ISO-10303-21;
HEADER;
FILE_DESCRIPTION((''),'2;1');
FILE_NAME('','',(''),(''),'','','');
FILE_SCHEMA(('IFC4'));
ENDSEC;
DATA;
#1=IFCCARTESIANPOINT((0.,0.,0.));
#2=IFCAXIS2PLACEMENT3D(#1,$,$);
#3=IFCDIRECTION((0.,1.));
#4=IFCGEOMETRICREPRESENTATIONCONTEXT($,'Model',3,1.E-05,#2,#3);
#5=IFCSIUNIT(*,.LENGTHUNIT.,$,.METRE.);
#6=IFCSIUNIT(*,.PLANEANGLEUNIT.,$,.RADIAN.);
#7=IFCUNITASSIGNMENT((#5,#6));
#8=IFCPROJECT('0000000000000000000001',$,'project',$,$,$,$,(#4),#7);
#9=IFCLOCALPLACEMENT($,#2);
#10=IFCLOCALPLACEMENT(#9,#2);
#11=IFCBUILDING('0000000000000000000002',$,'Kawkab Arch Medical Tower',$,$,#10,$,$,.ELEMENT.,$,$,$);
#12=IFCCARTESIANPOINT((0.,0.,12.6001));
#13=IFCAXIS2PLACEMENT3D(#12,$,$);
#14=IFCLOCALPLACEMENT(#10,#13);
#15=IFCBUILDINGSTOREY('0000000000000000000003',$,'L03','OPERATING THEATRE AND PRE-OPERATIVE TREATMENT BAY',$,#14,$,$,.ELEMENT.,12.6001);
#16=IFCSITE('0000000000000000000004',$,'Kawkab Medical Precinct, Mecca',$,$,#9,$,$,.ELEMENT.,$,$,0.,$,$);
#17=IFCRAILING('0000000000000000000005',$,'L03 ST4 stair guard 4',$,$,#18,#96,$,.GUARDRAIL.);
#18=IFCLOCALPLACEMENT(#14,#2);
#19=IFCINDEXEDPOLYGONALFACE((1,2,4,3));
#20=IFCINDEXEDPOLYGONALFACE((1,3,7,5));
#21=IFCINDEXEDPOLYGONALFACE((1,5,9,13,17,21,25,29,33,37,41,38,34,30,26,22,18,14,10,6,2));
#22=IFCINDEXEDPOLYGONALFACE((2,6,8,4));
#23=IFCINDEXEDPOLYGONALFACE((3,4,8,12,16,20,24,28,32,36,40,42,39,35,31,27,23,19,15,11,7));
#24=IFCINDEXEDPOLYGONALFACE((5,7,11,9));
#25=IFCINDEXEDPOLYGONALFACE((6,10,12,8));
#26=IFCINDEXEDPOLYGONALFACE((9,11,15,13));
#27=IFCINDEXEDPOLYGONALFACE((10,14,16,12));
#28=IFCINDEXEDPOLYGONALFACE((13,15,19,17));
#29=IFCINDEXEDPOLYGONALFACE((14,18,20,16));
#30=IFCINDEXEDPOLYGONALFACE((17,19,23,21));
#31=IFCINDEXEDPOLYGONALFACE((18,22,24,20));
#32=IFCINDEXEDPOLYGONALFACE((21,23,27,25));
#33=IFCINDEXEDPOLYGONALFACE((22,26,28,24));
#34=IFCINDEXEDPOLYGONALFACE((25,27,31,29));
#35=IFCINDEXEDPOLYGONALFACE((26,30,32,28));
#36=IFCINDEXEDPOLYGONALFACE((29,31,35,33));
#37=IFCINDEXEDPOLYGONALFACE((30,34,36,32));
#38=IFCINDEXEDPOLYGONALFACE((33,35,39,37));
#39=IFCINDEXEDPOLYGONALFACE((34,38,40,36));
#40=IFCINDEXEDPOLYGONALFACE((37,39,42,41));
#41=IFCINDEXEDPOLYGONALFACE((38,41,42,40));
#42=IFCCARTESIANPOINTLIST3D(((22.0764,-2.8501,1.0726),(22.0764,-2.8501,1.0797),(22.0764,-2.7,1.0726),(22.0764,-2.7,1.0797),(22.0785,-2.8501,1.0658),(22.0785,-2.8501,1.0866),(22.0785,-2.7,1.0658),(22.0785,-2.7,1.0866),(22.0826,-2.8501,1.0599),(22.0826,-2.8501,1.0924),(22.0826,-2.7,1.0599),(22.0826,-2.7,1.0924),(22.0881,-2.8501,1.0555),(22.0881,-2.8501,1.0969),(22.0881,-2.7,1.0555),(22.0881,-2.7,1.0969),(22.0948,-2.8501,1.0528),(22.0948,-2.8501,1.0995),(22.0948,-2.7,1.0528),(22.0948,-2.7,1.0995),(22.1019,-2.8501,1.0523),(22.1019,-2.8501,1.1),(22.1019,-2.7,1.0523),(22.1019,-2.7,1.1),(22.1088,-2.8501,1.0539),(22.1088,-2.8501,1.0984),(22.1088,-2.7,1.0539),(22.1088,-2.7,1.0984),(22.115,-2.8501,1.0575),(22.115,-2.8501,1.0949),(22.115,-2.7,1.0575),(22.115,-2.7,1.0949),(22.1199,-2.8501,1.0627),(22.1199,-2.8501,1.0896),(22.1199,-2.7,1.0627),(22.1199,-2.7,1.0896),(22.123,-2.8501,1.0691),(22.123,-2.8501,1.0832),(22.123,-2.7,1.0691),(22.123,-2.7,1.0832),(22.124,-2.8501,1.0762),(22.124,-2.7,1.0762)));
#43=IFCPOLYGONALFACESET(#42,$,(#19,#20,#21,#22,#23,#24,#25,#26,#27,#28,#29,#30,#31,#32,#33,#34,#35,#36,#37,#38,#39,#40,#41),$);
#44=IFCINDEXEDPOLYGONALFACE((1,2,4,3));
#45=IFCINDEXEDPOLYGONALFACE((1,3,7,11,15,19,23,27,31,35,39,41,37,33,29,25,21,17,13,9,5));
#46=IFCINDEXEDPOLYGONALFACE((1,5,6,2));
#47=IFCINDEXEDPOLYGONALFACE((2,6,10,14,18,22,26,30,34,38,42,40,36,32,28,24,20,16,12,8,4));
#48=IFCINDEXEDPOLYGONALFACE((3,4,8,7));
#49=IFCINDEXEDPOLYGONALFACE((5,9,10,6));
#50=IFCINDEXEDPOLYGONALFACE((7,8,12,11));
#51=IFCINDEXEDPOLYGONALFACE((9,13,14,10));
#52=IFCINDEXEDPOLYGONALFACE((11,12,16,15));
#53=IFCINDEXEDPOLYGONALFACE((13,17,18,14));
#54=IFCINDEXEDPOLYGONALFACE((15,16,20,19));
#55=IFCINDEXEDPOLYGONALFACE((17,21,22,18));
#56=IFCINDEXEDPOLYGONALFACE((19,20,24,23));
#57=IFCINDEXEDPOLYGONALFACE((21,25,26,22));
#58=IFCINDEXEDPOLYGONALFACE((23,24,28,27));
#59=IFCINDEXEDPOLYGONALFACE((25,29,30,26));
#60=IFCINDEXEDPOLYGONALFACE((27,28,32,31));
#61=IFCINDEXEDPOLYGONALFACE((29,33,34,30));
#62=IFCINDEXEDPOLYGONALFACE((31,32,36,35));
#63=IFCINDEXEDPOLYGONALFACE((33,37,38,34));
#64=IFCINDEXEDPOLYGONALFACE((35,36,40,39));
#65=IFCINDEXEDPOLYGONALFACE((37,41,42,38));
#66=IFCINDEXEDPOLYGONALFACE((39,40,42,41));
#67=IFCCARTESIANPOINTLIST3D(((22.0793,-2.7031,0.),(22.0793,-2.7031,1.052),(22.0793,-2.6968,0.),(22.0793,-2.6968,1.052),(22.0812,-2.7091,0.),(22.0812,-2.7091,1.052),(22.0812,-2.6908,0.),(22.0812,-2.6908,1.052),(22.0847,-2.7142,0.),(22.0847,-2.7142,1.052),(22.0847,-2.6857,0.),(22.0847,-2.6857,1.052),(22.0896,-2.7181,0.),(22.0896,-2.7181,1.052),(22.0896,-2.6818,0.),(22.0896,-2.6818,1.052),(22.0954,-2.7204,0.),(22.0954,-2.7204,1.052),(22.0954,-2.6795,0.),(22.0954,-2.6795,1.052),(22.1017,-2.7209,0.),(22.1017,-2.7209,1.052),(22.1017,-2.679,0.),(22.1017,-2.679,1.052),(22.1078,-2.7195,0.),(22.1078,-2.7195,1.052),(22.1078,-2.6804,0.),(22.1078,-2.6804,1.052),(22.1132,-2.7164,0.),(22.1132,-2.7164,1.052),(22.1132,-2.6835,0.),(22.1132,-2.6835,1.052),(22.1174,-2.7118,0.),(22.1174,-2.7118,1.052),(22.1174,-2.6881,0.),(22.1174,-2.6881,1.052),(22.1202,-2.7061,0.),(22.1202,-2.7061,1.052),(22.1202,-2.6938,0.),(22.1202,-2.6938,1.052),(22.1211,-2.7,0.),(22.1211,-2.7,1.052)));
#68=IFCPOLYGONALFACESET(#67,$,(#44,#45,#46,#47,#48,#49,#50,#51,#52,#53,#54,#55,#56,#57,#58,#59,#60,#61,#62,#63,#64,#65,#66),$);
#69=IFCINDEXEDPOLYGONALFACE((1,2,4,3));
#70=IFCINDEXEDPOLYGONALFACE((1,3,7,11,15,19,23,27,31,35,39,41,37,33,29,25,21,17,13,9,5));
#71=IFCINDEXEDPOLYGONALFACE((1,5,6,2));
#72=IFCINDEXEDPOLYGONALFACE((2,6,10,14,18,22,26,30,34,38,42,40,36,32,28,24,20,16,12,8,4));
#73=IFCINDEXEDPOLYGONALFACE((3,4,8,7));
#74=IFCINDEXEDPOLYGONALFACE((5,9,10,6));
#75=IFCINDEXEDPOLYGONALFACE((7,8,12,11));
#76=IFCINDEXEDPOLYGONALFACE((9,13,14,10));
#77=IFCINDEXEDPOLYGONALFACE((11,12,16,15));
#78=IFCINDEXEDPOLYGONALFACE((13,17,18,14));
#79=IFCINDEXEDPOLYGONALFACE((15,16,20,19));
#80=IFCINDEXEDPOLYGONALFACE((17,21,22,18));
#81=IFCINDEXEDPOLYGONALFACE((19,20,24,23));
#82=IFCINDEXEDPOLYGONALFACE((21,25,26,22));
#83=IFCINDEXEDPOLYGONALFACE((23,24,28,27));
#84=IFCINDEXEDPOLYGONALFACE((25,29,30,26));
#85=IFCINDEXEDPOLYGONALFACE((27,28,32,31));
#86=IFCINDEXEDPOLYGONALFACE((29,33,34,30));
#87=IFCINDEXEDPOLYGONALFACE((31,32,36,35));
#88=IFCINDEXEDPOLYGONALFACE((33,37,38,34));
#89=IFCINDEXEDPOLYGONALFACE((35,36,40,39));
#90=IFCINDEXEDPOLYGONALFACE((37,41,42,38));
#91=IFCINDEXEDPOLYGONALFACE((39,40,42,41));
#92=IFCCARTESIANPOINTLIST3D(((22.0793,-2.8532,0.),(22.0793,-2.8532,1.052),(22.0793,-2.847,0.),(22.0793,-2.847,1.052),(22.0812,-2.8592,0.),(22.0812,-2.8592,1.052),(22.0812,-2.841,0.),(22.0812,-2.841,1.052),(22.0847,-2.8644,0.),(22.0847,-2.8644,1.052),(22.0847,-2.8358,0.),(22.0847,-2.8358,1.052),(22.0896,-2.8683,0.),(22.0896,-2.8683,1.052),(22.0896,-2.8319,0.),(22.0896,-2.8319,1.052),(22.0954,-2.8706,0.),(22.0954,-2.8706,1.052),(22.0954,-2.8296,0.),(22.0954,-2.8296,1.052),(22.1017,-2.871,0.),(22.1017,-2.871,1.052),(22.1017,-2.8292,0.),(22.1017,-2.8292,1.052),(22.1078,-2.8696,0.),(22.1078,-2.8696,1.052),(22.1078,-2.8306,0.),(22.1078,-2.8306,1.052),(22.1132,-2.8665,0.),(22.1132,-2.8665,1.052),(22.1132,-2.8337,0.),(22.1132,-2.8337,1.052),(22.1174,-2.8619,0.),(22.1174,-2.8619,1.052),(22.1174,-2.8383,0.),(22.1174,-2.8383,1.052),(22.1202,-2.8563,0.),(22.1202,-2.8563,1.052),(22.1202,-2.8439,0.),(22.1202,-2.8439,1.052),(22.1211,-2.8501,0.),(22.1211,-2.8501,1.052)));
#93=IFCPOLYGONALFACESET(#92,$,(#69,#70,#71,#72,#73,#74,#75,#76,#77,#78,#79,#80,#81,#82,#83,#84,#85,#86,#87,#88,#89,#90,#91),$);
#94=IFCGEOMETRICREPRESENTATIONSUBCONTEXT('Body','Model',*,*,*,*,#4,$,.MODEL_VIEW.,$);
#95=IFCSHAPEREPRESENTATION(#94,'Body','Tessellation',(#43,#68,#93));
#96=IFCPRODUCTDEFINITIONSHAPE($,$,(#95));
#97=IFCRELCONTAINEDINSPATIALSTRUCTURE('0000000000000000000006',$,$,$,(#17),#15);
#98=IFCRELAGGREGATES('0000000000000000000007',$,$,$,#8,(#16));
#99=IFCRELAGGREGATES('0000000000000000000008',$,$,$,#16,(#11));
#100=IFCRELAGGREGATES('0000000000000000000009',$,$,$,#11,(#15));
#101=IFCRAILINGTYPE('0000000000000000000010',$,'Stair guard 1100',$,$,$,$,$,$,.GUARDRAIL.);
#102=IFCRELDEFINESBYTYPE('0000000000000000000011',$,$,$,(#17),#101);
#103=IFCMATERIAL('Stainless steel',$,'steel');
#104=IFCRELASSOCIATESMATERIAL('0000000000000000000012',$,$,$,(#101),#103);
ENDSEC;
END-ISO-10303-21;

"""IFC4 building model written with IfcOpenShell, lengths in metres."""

from ifc_helpers import new_model, si_unit, direction, frame, origin, origin_2d, place, context, subcontext, project, spatial, circle, extrude, material, type_object, element, save


model = new_model("IFC4")

# Units and contexts
model_context = context("Model", 3, precision=1e-05, world=origin(), true_north=direction((0.0, 1.0)))
body_context = subcontext(model_context, "Body", "Model", "MODEL_VIEW")
ifc_project = project(units=[si_unit("LENGTHUNIT", "METRE"), si_unit("PLANEANGLEUNIT", "RADIAN")], contexts=[model_context])

# Site, building, storey
site_placement = place(None, origin())
site = spatial("IfcSite", under=ifc_project, at=site_placement, Name="Kawkab Medical Precinct, Mecca", CompositionType="ELEMENT", RefElevation=0.0)
building_placement = place(site_placement, origin())
building = spatial("IfcBuilding", under=site, at=building_placement, Name="Kawkab Arch Medical Tower", CompositionType="ELEMENT")
storey_placement = place(building_placement, frame((0.0, 0.0, 12.6001)))
storey = spatial("IfcBuildingStorey", under=building, at=storey_placement, Name="L03", Description="OPERATING THEATRE AND PRE-OPERATIVE TREATMENT BAY", CompositionType="ELEMENT", Elevation=12.6001)

# Railing
ifc_material_1 = material(Name="Stainless steel", Category="steel")
railing_type = type_object("IfcRailingType", Name="Stair guard 1100", PredefinedType="GUARDRAIL", material=ifc_material_1)
railing_1_placement = place(storey_placement, frame((22.1001, -2.7, 0.0)))
element("IfcRailing", 1, at=railing_1_placement, inside=storey, type_object=railing_type, Name="L03 ST4 stair guard 4", PredefinedType="GUARDRAIL", context=body_context, shape_type="SweptSolid", body=[
    extrude(circle(Radius=0.0239, at=origin_2d()), frame((0.0, 0.0, 1.0762), z_axis=(0.0, -1.0, 0.0), x_axis=(1.0, 0.0, 0.0)), (0.0, 0.0, 1.0), 0.1501),
    extrude(circle(Radius=0.021, at=origin_2d()), origin(), (0.0, 0.0, 1.0), 1.052),
    extrude(circle(Radius=0.021, at=origin_2d()), frame((0.0, -0.1501, 0.0)), (0.0, 0.0, 1.0), 1.052),
])

save(model, "model.ifc")
